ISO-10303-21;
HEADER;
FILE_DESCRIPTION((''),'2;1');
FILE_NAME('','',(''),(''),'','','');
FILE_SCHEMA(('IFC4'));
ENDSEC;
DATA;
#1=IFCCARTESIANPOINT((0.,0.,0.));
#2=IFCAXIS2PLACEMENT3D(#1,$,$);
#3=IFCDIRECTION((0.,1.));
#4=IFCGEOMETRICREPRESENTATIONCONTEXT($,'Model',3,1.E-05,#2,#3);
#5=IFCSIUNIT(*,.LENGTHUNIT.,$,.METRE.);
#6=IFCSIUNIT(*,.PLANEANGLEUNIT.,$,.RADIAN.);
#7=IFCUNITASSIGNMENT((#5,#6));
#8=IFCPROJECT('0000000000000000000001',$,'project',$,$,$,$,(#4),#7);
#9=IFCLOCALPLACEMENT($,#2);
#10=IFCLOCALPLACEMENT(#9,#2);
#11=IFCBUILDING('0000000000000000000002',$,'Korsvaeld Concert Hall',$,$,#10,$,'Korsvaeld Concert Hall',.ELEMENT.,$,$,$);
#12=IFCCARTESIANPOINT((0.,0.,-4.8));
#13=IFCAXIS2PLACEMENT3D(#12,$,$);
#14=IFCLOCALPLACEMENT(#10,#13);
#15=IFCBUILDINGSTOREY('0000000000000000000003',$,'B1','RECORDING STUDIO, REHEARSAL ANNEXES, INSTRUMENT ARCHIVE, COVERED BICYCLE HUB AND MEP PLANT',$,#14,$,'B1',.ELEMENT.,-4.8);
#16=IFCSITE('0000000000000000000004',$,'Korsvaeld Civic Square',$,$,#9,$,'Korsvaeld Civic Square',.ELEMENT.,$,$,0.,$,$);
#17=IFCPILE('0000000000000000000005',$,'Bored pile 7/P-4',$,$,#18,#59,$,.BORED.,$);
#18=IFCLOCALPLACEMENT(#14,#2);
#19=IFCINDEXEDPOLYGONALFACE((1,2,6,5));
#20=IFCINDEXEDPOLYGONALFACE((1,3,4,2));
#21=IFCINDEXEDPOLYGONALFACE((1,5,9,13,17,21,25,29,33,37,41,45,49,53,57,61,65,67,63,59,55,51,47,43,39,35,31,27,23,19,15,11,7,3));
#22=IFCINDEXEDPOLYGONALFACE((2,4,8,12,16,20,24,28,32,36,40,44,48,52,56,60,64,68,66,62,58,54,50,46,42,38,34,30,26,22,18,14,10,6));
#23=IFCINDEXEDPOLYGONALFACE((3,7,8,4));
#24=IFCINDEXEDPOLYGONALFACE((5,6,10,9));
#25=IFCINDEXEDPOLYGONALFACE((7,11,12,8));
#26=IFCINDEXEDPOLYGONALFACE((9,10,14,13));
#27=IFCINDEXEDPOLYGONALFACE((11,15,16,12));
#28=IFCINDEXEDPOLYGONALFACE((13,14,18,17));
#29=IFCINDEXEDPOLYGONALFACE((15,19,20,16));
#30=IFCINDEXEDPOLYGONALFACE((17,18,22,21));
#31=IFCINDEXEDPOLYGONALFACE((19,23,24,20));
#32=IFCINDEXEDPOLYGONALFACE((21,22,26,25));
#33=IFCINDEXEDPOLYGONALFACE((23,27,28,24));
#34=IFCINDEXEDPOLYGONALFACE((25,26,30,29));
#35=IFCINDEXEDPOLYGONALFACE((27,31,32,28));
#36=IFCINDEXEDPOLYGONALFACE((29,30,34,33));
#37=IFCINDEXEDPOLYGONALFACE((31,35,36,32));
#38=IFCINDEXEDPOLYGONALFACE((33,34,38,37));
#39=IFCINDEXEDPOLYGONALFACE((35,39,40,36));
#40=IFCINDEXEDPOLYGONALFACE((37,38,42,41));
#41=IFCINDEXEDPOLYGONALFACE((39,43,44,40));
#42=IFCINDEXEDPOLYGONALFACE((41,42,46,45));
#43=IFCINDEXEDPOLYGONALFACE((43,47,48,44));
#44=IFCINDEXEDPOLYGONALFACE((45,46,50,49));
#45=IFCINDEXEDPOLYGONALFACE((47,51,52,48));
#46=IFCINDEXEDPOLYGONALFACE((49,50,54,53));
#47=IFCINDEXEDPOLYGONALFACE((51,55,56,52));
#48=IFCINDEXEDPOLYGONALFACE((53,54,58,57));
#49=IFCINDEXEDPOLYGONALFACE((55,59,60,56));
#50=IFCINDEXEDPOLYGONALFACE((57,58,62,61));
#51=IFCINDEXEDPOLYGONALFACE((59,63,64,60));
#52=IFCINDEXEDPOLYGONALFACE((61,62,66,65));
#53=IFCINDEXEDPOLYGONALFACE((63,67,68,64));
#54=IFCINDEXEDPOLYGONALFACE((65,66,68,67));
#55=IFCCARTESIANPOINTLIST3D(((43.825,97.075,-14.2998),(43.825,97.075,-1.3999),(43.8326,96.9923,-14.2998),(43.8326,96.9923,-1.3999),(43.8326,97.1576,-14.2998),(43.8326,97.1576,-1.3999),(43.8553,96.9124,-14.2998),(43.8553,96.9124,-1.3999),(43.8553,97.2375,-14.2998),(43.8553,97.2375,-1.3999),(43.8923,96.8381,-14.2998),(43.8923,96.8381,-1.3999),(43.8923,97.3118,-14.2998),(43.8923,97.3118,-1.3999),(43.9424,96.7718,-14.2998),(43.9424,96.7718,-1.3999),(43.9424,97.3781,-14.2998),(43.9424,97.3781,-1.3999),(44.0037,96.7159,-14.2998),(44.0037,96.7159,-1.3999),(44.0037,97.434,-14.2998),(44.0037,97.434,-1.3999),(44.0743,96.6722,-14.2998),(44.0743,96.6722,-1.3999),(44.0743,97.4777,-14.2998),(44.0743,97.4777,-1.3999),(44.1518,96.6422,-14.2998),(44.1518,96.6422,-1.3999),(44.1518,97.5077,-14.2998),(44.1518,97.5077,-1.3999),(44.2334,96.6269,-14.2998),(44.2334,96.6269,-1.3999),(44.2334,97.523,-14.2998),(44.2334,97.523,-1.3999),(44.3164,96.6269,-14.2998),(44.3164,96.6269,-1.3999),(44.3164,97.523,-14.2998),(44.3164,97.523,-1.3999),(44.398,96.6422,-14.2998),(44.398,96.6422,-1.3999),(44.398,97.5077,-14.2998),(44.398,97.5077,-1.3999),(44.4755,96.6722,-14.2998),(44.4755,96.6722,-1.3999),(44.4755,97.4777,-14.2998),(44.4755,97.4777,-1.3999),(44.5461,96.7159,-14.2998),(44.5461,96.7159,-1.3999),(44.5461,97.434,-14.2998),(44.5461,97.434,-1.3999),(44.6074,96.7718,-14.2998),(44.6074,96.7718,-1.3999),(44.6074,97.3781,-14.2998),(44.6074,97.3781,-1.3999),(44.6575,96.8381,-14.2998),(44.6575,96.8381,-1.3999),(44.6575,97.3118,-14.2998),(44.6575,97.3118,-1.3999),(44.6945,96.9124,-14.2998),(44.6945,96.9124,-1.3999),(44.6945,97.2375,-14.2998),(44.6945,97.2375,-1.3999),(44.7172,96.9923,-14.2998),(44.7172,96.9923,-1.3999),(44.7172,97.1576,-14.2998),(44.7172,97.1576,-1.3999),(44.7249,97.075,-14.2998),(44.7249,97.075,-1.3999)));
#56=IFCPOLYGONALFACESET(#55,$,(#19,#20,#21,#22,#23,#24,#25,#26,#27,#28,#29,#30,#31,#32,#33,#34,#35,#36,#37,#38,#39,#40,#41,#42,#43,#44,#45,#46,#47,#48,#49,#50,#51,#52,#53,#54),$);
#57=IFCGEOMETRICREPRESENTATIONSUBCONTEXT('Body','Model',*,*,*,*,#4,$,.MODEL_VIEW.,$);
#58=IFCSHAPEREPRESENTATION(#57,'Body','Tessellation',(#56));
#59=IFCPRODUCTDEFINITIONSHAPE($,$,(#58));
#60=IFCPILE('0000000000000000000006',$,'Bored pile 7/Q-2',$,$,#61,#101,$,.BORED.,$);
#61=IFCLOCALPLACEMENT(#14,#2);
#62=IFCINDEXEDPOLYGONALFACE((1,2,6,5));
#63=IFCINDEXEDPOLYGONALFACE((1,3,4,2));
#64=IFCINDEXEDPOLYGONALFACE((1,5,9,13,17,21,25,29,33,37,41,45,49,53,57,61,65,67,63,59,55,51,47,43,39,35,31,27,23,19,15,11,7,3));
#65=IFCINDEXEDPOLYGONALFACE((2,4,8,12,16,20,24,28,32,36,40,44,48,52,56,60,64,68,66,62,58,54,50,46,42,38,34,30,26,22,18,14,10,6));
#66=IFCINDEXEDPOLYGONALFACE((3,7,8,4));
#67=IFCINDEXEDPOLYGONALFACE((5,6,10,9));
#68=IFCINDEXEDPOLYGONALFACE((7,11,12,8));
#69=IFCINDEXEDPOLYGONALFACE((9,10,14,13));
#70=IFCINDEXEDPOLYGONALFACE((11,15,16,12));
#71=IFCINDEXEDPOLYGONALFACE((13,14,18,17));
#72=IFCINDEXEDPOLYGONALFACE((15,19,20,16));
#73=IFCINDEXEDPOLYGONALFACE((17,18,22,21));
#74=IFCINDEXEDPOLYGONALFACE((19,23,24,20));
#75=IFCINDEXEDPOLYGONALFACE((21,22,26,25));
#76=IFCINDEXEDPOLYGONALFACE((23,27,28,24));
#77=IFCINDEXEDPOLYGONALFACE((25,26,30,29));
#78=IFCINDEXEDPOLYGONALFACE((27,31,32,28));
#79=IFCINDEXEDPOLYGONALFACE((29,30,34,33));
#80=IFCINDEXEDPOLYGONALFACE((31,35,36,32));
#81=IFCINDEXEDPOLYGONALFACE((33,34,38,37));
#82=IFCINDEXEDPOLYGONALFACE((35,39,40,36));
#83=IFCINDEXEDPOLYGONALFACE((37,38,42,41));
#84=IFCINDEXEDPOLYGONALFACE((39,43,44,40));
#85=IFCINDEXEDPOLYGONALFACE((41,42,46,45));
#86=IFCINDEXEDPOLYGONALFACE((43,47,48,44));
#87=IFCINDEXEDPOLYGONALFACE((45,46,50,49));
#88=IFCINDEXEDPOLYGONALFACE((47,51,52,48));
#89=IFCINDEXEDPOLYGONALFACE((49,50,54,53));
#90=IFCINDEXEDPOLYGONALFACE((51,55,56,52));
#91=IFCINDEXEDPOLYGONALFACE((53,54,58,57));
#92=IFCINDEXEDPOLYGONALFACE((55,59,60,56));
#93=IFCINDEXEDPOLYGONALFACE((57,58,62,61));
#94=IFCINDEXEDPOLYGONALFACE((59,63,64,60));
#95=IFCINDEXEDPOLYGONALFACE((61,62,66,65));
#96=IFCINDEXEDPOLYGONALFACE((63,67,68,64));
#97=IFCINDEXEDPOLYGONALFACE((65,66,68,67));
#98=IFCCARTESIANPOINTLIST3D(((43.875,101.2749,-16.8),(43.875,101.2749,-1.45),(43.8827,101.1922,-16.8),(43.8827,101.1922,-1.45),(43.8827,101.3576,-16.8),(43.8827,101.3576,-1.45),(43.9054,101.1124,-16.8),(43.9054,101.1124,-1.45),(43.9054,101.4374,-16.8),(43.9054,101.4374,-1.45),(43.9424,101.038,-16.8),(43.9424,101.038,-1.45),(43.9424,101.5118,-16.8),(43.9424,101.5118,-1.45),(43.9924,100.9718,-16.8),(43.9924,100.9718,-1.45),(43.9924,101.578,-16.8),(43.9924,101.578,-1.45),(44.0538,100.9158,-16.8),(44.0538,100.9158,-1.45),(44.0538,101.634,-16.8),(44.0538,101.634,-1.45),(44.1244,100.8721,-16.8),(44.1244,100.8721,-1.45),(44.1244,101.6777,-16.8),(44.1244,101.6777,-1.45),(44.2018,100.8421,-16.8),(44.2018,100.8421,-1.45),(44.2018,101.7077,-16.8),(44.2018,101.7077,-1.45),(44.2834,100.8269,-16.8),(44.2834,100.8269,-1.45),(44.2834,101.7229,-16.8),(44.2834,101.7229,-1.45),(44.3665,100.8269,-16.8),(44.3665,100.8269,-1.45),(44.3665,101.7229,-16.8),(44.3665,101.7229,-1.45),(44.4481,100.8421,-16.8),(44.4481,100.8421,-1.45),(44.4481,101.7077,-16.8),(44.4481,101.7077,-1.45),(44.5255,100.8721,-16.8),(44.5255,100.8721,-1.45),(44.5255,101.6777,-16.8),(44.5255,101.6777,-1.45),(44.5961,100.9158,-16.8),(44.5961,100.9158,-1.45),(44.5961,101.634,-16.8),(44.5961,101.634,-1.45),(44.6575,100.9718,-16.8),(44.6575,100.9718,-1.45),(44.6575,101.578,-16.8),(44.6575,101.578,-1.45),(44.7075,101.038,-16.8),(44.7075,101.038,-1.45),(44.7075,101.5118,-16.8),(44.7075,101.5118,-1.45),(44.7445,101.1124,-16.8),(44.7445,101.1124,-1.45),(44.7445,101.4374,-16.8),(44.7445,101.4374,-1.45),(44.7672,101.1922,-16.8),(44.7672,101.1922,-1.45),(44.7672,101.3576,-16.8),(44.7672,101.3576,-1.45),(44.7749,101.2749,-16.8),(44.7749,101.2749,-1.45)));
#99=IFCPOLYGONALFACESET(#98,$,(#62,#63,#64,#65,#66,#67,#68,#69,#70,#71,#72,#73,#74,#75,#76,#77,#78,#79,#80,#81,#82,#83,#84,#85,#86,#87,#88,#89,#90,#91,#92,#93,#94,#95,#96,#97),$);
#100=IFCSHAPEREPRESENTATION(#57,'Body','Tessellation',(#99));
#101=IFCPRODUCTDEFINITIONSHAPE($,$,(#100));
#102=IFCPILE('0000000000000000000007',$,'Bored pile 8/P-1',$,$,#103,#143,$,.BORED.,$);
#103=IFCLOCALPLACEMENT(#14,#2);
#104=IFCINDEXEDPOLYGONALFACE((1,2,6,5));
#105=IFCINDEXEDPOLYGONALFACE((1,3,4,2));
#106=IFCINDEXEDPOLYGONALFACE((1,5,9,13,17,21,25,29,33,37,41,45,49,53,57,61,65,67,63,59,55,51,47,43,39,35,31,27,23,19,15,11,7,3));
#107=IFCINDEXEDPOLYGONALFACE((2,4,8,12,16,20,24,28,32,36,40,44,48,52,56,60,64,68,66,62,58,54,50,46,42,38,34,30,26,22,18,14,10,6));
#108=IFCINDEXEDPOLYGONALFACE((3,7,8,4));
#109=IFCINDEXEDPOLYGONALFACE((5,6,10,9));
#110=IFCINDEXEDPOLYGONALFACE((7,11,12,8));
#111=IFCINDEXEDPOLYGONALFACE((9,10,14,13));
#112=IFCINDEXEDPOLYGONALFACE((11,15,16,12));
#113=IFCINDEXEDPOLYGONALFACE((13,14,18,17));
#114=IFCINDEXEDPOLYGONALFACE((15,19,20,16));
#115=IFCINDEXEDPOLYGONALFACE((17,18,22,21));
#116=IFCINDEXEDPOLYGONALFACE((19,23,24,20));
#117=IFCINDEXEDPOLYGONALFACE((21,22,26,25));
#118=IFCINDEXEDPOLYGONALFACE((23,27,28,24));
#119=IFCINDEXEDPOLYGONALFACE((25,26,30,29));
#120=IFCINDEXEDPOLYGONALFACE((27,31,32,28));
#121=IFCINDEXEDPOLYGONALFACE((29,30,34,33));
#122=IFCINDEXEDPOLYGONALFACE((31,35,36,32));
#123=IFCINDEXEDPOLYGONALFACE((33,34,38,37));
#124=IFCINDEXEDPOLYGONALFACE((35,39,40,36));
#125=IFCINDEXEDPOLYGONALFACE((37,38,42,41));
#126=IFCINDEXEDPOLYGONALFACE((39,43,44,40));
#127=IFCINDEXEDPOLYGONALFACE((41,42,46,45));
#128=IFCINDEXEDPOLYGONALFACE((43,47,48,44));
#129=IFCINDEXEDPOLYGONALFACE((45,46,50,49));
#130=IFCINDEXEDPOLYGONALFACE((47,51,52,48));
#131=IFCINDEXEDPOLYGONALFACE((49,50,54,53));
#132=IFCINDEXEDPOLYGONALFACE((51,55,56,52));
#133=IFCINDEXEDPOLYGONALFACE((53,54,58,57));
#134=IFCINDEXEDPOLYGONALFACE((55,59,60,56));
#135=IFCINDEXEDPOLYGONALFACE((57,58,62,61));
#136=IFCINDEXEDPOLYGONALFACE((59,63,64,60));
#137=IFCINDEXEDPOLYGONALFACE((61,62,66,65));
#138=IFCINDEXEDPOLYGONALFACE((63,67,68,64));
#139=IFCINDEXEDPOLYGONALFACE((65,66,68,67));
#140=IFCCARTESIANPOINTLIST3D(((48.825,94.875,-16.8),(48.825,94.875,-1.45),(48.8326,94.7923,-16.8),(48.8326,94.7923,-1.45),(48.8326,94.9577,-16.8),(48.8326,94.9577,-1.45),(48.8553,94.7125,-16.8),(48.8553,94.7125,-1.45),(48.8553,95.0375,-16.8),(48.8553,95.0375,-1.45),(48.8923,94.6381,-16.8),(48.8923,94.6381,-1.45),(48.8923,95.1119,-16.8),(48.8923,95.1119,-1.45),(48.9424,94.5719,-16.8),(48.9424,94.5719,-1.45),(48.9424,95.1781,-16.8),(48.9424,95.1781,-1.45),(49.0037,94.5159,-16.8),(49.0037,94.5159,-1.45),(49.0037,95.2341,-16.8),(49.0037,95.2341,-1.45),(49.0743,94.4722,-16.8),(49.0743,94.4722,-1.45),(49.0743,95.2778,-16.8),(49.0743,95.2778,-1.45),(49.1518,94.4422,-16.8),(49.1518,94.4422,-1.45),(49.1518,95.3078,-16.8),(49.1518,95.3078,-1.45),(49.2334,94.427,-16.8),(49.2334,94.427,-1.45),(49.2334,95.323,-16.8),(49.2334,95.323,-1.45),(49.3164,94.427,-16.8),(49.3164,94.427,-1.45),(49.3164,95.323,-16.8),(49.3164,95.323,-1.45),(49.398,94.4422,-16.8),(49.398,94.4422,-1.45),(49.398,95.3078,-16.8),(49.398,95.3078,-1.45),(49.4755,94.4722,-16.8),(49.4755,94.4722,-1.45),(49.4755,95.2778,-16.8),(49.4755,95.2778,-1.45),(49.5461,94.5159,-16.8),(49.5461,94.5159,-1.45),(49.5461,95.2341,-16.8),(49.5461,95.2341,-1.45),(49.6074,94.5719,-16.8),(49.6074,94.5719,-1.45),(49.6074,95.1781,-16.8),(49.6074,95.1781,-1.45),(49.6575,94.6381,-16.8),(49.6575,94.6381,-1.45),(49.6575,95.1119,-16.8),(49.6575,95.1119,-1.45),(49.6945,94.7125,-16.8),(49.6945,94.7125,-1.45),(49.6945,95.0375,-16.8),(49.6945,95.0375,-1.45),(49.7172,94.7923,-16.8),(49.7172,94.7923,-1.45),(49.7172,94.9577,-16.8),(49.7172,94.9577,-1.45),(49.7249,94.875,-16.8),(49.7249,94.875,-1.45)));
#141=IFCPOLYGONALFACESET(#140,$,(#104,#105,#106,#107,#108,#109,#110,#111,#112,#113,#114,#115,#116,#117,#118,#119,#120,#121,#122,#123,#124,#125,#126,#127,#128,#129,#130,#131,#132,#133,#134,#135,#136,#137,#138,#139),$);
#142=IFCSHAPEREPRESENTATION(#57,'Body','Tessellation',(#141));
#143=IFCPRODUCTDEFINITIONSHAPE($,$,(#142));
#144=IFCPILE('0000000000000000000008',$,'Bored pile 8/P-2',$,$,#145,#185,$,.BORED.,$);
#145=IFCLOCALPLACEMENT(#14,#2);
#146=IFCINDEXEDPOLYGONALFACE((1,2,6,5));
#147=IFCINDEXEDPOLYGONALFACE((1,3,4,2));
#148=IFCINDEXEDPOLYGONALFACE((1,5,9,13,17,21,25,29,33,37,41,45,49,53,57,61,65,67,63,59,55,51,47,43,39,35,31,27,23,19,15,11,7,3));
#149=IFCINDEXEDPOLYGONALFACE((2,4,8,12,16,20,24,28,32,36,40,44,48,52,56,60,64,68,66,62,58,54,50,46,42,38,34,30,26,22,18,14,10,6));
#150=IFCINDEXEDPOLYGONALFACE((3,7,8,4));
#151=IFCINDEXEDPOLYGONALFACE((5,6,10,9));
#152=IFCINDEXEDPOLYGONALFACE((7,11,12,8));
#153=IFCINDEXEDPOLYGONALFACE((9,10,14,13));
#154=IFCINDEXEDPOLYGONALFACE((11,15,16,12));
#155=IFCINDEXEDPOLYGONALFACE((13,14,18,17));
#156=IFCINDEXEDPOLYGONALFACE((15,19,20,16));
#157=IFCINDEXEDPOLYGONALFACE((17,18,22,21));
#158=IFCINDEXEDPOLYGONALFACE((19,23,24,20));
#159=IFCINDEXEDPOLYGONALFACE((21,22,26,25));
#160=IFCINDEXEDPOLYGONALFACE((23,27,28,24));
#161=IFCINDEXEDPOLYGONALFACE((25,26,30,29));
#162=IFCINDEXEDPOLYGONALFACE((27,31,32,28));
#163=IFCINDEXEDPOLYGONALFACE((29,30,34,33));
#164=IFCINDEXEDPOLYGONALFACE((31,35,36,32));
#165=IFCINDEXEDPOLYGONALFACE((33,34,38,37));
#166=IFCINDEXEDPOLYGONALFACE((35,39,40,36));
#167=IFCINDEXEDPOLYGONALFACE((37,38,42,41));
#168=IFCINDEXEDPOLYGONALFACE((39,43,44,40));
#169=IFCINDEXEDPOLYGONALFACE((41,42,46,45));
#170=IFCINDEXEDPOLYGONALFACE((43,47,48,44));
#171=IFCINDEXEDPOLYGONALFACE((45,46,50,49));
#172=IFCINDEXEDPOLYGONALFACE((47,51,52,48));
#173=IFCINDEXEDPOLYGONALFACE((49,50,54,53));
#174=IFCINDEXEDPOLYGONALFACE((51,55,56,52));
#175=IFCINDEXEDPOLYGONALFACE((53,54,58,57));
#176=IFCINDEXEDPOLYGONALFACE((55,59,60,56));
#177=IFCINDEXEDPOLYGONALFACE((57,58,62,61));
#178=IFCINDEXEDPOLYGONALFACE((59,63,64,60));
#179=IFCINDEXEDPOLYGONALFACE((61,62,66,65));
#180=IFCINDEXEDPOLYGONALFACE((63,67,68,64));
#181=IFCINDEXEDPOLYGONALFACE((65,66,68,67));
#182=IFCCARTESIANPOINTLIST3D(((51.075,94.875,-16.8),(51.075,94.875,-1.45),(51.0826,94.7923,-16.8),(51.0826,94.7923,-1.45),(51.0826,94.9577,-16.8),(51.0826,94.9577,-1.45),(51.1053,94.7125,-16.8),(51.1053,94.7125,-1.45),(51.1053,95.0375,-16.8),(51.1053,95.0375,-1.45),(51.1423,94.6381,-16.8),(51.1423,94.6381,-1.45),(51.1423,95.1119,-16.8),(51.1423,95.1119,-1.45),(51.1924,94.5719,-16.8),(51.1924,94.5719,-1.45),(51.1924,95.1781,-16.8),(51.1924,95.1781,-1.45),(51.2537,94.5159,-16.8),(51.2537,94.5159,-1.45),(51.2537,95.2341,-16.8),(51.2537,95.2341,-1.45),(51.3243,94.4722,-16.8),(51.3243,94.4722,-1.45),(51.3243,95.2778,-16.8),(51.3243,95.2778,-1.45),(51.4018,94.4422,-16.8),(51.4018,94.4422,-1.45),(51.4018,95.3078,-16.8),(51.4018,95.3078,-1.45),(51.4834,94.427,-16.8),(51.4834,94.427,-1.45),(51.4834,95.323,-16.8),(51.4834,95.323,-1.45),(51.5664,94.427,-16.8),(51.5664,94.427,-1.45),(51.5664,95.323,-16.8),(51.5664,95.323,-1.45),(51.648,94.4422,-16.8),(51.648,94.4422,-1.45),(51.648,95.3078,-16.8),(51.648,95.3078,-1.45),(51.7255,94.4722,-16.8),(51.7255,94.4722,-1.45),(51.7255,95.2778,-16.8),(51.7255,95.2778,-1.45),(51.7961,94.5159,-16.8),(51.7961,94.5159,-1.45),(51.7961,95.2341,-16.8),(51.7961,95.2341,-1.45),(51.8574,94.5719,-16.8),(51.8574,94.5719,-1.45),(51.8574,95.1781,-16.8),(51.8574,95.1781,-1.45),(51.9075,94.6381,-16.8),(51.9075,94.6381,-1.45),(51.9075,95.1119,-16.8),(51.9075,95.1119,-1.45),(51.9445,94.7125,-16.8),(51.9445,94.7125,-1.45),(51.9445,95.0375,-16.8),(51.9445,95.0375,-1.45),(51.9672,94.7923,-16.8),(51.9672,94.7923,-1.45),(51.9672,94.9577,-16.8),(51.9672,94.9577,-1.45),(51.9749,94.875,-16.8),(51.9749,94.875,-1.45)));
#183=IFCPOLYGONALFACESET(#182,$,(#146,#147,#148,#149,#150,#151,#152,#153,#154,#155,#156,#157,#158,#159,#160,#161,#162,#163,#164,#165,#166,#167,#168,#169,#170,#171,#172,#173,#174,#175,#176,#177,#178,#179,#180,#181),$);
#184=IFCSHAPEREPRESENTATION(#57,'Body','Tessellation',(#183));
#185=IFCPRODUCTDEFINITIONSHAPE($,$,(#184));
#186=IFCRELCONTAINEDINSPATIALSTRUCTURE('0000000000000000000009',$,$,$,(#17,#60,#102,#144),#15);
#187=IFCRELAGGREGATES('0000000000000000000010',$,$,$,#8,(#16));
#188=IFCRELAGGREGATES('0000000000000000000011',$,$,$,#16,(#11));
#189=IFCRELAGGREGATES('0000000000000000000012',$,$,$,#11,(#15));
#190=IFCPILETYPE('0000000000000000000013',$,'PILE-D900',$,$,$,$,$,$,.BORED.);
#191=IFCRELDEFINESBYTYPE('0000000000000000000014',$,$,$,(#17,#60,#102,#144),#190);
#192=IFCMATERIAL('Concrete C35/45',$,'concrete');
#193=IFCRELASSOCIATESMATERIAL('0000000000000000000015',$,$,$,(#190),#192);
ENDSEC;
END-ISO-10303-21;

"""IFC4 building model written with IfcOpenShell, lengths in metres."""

from ifc_helpers import new_model, si_unit, direction, frame, origin, origin_2d, place, context, subcontext, project, spatial, circle, extrude, material, material_profile, profile_set, type_object, element, save


model = new_model("IFC4")

# Units and contexts
model_context = context("Model", 3, precision=1e-05, world=origin(), true_north=direction((0.0, 1.0)))
body_context = subcontext(model_context, "Body", "Model", "MODEL_VIEW")
ifc_project = project(units=[si_unit("LENGTHUNIT", "METRE"), si_unit("PLANEANGLEUNIT", "RADIAN")], contexts=[model_context])

# Site, building, storey
site_placement = place(None, origin())
site = spatial("IfcSite", under=ifc_project, at=site_placement, Name="Korsvaeld Civic Square", LongName="Korsvaeld Civic Square", CompositionType="ELEMENT", RefElevation=0.0)
building_placement = place(site_placement, origin())
building = spatial("IfcBuilding", under=site, at=building_placement, Name="Korsvaeld Concert Hall", LongName="Korsvaeld Concert Hall", CompositionType="ELEMENT")
storey_placement = place(building_placement, frame((0.0, 0.0, -4.8)))
storey = spatial("IfcBuildingStorey", under=building, at=storey_placement, Name="B1", Description="RECORDING STUDIO, REHEARSAL ANNEXES, INSTRUMENT ARCHIVE, COVERED BICYCLE HUB AND MEP PLANT", LongName="B1", CompositionType="ELEMENT", Elevation=-4.8)

# Shared definitions
ifc_material_1 = material(Name="Concrete C35/45", Category="concrete")

# Piles
ifc_material_profile_1 = material_profile(ifc_material_1, circle(Radius=0.45, at=origin_2d()), Name="BORED PILE D900")
ifc_profile_set_1 = profile_set([ifc_material_profile_1], Name="Concrete C35/45")
pile_type_1 = type_object("IfcPileType", Name="PILE-D900", PredefinedType="BORED", material=ifc_profile_set_1)
for number, where, z_axis, x_axis, name in (
    (1, (44.2749, 97.075, -1.3999), (0.0, 0.0, -1.0), (1.0, 0.0, 0.0), "Bored pile 7/P-4"),
):
    element("IfcPile", number, at=place(storey_placement, frame(where, z_axis=z_axis, x_axis=x_axis)), inside=storey, type_object=pile_type_1, Name=name, PredefinedType="BORED", context=body_context, shape_type="SweptSolid", body=[
        extrude(circle(Radius=0.45, at=origin_2d()), origin(), (0.0, 0.0, 1.0), 12.8999),
    ])
for number, where, z_axis, x_axis, name in (
    (2, (44.325, 101.2749, -1.45), (0.0, 0.0, -1.0), (1.0, 0.0, 0.0), "Bored pile 7/Q-2"),
    (3, (49.2749, 94.875, -1.45), (0.0, 0.0, -1.0), (1.0, 0.0, 0.0), "Bored pile 8/P-1"),
    (4, (51.5249, 94.875, -1.45), (0.0, 0.0, -1.0), (1.0, 0.0, 0.0), "Bored pile 8/P-2"),
):
    element("IfcPile", number, at=place(storey_placement, frame(where, z_axis=z_axis, x_axis=x_axis)), inside=storey, type_object=pile_type_1, Name=name, PredefinedType="BORED", context=body_context, shape_type="SweptSolid", body=[
        extrude(circle(Radius=0.45, at=origin_2d()), origin(), (0.0, 0.0, 1.0), 15.3501),
    ])

save(model, "model.ifc")
